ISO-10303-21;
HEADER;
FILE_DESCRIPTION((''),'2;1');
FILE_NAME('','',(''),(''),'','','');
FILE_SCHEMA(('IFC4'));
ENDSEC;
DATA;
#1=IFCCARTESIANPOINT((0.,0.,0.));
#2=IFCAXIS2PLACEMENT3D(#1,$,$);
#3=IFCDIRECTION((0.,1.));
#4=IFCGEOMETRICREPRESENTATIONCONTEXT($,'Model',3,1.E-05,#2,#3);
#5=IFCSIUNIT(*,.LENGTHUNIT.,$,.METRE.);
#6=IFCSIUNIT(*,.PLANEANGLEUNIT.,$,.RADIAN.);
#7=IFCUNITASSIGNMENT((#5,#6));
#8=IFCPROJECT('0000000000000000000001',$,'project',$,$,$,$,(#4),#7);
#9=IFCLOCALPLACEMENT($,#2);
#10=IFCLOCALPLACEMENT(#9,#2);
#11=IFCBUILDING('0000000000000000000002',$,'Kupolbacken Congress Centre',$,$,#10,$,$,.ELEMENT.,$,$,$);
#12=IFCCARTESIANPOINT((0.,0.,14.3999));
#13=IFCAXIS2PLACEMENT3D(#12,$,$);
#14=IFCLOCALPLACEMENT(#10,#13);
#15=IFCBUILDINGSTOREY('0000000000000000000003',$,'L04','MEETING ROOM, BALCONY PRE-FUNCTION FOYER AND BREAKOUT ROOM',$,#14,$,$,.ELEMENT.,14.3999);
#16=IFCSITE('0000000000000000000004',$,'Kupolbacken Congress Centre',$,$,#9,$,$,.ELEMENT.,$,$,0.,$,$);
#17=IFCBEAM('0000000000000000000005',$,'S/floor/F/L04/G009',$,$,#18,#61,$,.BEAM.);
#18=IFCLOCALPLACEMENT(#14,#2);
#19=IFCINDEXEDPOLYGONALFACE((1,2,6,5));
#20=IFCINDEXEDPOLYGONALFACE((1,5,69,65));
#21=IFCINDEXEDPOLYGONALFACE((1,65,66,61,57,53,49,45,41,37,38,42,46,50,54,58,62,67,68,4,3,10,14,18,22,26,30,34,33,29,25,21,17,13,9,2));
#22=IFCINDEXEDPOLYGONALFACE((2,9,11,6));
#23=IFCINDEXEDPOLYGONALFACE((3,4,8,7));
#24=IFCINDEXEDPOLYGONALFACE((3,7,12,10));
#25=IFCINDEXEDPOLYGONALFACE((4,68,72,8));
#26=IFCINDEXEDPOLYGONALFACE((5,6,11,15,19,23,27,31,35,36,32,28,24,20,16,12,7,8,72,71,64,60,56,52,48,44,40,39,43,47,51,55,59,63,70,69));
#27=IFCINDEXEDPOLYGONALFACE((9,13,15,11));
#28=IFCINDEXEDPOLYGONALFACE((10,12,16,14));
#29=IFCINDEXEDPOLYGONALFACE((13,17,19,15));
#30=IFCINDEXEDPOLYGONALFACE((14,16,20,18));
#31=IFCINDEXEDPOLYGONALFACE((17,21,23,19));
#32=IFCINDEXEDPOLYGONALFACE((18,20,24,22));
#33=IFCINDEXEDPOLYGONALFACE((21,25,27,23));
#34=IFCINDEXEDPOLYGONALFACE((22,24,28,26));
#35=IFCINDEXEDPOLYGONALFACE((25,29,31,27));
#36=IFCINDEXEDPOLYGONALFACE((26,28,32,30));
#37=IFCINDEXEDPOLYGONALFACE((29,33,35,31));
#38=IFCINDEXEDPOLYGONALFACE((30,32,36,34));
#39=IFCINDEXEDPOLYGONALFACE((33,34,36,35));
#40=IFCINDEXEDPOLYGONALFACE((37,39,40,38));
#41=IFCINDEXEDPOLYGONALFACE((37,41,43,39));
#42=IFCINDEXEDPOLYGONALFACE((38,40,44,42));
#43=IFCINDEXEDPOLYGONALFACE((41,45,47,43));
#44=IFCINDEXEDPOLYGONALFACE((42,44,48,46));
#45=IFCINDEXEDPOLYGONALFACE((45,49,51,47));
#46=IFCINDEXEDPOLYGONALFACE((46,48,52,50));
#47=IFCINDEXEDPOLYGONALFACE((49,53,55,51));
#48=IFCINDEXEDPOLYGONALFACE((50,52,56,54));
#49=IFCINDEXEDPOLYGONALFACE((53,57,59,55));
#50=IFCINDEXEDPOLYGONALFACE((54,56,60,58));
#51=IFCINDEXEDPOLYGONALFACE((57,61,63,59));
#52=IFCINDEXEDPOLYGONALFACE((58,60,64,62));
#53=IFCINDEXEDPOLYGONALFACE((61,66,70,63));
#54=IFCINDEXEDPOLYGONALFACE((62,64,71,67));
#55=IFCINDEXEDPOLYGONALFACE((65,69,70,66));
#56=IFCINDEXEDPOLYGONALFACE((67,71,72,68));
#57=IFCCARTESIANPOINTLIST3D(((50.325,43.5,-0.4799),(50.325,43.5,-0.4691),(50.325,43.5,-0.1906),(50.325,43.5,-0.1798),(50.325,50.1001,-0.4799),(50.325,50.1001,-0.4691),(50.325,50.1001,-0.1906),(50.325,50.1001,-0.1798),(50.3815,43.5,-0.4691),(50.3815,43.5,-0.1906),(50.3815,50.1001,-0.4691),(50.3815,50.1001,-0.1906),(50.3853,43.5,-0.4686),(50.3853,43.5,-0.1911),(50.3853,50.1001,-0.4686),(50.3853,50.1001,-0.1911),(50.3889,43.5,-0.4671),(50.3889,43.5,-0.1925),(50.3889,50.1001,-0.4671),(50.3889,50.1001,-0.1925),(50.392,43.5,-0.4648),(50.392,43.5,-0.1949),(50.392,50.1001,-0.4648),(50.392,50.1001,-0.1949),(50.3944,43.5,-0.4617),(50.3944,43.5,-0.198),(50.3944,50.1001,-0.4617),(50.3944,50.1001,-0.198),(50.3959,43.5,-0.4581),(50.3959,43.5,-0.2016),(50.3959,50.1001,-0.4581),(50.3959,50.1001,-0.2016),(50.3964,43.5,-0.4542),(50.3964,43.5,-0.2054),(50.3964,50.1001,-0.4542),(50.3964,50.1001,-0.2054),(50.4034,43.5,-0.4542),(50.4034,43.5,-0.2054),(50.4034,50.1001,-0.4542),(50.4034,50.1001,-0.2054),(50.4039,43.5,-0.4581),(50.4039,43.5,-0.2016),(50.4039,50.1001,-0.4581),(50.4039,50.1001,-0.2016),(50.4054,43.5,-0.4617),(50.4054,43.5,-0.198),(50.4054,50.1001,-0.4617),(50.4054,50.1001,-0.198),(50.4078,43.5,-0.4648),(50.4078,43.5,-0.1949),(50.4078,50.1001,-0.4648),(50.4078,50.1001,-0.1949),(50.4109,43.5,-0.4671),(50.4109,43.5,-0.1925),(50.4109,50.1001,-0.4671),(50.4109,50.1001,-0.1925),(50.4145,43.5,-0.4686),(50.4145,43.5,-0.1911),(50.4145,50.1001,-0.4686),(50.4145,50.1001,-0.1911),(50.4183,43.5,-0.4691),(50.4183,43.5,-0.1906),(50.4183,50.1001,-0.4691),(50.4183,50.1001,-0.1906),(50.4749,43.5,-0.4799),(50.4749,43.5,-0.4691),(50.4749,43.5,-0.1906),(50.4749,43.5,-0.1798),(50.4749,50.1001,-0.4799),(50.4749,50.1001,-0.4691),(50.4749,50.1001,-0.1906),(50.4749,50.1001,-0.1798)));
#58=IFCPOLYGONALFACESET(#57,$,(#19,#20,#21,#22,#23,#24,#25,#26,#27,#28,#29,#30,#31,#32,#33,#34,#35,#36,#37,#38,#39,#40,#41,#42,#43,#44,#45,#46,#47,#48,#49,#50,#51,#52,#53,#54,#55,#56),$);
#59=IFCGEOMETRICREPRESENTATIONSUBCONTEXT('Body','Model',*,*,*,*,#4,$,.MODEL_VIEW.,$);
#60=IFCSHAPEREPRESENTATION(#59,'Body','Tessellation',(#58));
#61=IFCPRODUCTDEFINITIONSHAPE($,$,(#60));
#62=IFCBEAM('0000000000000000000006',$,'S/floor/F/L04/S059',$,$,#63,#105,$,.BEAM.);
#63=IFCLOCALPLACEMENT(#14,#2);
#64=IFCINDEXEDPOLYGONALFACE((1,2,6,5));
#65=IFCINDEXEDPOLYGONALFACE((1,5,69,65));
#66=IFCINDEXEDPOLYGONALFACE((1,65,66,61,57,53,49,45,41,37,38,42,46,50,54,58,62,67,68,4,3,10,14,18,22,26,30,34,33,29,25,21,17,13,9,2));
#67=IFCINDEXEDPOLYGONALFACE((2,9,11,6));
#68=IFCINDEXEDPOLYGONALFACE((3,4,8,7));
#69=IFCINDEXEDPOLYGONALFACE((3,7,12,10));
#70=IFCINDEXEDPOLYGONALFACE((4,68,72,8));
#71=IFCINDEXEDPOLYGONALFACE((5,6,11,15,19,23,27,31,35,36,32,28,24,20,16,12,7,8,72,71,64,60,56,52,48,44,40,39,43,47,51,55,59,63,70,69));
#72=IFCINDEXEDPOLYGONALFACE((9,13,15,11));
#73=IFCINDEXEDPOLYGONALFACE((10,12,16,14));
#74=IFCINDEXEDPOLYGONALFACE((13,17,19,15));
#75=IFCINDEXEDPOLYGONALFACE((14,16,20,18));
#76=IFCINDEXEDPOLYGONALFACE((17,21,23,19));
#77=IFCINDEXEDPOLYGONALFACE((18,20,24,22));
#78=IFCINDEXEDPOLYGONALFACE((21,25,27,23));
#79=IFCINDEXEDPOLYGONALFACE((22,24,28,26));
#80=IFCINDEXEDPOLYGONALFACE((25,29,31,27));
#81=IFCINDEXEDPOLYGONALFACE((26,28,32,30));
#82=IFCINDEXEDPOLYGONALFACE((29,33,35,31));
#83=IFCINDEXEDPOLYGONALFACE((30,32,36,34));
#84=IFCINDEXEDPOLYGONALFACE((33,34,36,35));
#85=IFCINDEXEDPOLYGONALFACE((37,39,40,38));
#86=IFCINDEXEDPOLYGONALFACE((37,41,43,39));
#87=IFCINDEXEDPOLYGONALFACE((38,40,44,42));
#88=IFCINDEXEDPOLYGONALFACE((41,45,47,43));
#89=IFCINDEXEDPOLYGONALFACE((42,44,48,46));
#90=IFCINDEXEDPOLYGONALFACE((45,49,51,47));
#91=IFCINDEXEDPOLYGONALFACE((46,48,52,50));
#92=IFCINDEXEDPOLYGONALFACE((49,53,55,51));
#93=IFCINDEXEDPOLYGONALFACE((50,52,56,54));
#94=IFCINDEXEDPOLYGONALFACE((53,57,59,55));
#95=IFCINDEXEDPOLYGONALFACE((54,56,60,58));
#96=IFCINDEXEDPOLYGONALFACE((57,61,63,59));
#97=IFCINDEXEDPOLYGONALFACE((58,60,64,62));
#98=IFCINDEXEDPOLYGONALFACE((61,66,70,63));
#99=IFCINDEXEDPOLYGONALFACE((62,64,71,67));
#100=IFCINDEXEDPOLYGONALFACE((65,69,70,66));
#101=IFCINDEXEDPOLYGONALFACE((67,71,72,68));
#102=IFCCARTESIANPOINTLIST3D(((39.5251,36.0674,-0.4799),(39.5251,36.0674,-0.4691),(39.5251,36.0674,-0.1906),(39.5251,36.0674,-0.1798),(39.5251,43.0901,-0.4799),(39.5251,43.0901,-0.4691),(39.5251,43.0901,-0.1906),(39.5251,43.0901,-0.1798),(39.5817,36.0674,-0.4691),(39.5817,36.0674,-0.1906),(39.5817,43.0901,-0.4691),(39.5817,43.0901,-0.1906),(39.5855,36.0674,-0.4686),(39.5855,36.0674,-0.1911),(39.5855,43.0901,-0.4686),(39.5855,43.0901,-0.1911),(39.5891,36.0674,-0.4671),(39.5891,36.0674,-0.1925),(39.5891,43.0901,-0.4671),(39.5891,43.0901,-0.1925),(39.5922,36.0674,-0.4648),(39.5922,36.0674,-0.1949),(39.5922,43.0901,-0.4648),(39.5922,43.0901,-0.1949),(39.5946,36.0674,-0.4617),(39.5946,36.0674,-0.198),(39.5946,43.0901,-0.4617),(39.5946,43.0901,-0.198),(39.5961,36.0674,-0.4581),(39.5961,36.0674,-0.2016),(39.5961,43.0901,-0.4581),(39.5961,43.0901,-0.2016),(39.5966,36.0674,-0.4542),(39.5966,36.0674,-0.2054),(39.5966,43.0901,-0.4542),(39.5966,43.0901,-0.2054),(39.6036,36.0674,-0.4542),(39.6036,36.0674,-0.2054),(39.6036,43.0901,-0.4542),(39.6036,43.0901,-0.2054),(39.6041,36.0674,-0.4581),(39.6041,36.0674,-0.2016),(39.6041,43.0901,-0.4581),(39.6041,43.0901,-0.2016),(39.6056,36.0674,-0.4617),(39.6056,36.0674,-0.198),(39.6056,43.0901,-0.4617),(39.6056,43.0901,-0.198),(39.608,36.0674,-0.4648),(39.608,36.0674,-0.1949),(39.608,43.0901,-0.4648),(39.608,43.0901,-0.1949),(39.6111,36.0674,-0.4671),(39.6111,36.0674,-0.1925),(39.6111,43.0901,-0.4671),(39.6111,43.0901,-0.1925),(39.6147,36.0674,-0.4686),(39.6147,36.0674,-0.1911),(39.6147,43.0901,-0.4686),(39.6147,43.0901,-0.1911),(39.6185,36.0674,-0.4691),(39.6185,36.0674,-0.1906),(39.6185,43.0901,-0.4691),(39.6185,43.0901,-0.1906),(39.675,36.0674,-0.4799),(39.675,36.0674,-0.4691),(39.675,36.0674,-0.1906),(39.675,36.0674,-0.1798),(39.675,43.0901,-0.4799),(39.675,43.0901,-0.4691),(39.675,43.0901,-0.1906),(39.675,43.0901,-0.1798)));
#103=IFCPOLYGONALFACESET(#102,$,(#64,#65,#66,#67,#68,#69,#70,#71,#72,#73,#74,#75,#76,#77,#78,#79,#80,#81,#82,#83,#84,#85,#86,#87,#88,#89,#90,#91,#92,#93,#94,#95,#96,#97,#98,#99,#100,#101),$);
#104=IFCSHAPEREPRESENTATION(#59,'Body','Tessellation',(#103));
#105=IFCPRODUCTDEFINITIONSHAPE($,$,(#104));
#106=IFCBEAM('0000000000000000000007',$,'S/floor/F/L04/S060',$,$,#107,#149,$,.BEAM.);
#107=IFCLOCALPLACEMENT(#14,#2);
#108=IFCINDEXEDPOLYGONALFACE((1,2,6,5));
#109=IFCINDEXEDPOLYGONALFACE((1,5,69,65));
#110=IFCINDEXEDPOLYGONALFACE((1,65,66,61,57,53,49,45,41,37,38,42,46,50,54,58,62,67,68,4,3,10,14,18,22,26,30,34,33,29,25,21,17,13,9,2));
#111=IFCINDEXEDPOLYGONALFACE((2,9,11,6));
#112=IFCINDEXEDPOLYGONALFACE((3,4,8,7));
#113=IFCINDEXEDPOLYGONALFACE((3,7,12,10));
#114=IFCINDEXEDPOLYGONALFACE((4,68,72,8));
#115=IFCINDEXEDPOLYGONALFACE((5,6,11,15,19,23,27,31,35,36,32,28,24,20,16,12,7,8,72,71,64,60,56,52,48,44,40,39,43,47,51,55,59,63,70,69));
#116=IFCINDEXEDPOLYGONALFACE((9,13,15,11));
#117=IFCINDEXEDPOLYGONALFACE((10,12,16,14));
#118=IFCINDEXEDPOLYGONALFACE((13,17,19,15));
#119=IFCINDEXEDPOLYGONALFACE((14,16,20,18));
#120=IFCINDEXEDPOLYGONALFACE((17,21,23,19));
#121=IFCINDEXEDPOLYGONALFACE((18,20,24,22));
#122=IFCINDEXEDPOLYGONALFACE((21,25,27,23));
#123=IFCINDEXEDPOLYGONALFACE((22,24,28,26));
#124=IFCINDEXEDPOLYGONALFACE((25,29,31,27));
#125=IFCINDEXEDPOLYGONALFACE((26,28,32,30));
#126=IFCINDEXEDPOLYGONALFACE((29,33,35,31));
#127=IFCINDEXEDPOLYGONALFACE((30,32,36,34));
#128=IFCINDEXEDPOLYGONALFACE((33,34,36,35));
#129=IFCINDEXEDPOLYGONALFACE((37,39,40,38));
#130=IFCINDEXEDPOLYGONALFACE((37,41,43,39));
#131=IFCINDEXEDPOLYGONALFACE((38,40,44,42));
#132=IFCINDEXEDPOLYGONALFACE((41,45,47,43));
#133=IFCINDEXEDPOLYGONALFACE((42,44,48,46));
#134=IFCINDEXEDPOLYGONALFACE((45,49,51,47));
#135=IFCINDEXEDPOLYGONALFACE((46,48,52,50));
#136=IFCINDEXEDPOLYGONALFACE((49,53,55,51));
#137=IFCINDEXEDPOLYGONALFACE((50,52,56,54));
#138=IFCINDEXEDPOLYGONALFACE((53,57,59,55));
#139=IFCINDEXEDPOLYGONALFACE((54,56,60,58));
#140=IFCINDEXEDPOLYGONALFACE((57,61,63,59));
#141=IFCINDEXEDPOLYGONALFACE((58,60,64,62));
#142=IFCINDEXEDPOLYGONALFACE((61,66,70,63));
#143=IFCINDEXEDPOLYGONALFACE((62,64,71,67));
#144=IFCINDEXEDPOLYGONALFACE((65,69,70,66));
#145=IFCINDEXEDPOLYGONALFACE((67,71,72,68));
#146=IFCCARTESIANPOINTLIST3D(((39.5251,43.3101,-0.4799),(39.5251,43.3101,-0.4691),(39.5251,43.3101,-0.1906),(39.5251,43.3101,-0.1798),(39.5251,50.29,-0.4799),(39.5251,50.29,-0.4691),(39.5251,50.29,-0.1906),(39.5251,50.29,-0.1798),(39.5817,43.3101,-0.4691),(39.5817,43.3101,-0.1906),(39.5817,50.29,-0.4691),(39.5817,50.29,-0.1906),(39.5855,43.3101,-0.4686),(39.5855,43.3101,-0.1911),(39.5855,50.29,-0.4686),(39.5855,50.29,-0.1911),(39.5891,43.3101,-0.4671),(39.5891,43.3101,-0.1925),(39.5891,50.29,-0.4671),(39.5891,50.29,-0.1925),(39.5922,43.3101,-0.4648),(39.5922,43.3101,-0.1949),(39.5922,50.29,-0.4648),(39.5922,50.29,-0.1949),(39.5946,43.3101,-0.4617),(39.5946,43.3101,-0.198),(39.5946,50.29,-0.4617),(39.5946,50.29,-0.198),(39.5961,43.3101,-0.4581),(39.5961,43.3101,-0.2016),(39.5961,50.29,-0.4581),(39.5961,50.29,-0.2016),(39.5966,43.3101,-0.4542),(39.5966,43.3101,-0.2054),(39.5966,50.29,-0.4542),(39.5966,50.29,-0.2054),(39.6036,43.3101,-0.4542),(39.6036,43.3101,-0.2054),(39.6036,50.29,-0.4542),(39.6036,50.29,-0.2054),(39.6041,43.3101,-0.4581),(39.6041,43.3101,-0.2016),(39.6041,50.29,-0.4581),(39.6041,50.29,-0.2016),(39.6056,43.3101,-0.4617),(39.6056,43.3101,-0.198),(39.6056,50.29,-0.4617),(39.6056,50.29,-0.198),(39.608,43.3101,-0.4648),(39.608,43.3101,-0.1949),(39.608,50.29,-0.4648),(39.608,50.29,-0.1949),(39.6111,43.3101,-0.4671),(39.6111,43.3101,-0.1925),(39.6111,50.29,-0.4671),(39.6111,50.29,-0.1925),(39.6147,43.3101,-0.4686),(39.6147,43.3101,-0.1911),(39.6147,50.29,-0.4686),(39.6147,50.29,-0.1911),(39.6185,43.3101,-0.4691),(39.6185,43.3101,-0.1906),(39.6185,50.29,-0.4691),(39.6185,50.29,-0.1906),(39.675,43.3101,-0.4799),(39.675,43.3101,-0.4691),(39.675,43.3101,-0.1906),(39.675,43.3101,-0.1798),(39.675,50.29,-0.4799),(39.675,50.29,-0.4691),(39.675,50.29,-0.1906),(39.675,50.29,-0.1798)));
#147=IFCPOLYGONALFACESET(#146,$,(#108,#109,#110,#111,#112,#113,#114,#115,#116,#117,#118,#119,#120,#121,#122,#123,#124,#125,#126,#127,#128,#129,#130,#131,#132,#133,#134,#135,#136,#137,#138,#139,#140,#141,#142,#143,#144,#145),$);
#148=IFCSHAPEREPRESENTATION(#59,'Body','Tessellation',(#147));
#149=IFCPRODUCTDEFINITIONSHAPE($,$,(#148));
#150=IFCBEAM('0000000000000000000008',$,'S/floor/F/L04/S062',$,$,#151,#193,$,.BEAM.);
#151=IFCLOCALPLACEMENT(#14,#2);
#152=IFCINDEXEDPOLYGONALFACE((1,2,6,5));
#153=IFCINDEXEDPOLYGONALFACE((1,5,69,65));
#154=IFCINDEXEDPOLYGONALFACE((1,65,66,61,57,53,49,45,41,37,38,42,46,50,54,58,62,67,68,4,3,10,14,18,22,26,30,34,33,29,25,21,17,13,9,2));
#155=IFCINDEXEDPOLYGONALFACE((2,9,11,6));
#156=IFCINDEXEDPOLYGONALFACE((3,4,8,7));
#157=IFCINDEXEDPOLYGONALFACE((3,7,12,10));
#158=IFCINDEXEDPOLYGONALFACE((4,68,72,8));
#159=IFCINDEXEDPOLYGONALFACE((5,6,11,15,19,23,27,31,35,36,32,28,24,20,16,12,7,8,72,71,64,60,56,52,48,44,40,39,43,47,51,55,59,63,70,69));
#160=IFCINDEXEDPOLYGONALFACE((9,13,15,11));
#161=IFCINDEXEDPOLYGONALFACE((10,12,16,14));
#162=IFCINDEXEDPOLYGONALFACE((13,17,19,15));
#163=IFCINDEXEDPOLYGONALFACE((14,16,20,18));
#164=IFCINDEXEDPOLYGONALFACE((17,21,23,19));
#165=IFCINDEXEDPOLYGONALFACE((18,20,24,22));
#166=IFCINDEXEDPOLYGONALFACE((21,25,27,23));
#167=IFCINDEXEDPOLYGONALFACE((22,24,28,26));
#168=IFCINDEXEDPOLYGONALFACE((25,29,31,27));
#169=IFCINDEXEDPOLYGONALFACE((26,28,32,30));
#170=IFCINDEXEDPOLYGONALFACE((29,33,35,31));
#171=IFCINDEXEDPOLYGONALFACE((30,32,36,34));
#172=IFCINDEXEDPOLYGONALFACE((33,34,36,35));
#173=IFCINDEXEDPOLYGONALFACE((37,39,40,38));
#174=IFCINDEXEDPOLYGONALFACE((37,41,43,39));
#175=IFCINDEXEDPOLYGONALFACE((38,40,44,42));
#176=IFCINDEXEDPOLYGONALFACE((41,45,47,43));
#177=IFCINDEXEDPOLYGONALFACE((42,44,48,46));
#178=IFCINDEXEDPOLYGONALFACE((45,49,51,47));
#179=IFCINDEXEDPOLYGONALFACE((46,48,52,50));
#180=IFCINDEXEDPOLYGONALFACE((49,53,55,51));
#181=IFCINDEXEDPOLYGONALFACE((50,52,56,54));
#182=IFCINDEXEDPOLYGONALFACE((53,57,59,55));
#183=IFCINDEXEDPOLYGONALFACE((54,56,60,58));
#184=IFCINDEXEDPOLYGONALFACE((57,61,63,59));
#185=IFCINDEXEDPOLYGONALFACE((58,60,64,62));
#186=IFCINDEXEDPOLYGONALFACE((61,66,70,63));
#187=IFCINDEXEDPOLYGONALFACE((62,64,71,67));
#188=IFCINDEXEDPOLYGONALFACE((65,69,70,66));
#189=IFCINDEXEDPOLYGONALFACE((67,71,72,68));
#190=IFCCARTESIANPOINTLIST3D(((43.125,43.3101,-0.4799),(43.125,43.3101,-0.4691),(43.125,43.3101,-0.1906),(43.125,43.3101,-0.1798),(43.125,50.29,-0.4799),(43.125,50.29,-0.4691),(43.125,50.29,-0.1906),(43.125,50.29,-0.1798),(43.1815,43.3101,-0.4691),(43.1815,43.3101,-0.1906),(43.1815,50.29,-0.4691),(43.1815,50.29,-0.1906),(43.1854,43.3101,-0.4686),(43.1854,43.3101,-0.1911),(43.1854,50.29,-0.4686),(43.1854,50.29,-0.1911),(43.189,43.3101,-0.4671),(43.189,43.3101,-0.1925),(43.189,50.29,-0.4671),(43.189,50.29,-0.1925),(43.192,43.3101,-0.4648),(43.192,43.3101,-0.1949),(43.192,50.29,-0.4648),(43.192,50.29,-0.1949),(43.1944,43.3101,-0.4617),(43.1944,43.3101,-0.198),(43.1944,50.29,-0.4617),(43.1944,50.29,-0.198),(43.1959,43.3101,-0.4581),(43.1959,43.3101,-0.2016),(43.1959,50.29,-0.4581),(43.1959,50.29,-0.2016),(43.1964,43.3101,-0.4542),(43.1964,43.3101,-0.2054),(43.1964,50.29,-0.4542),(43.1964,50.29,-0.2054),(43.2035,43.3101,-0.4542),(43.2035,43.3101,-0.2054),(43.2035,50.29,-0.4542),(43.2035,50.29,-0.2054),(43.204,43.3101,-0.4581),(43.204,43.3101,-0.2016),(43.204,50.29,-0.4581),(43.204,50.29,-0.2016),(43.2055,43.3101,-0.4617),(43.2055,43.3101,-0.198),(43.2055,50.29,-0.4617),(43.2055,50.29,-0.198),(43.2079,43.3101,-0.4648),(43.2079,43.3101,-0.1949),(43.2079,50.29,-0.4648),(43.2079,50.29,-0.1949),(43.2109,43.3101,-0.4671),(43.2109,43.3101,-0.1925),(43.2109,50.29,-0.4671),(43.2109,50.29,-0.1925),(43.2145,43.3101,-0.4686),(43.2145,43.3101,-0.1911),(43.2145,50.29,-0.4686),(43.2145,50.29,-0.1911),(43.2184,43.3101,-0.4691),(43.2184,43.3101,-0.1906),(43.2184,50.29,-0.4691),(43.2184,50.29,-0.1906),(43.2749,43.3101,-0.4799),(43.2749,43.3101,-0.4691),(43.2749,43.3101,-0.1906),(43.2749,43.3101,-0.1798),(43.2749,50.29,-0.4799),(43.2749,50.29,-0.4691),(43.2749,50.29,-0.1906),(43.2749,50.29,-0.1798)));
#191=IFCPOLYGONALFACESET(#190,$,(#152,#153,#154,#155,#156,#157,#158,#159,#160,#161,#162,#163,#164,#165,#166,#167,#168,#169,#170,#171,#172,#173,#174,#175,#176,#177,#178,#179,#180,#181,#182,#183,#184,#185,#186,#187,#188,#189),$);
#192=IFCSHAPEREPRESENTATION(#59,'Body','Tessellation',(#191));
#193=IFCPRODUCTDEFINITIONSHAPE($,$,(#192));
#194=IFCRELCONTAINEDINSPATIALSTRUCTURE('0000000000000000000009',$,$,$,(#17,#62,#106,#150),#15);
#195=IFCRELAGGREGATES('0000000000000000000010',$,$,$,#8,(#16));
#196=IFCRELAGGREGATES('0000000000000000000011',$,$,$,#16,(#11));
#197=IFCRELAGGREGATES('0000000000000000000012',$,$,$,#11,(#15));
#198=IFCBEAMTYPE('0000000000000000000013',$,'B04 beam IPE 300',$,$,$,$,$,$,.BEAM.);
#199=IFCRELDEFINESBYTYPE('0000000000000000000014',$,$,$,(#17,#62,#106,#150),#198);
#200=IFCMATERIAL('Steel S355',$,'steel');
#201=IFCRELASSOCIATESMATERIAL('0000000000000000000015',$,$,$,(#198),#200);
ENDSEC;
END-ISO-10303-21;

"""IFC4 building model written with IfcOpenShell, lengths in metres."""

from ifc_helpers import new_model, si_unit, direction, frame, origin, origin_2d, place, context, subcontext, project, spatial, i_section, extrude, material, material_profile, profile_set, type_object, element, save


model = new_model("IFC4")

# Units and contexts
model_context = context("Model", 3, precision=1e-05, world=origin(), true_north=direction((0.0, 1.0)))
body_context = subcontext(model_context, "Body", "Model", "MODEL_VIEW")
ifc_project = project(units=[si_unit("LENGTHUNIT", "METRE"), si_unit("PLANEANGLEUNIT", "RADIAN")], contexts=[model_context])

# Site, building, storey
site_placement = place(None, origin())
site = spatial("IfcSite", under=ifc_project, at=site_placement, Name="Kupolbacken Congress Centre", CompositionType="ELEMENT", RefElevation=0.0)
building_placement = place(site_placement, origin())
building = spatial("IfcBuilding", under=site, at=building_placement, Name="Kupolbacken Congress Centre", CompositionType="ELEMENT")
storey_placement = place(building_placement, frame((0.0, 0.0, 14.3999)))
storey = spatial("IfcBuildingStorey", under=building, at=storey_placement, Name="L04", Description="MEETING ROOM, BALCONY PRE-FUNCTION FOYER AND BREAKOUT ROOM", CompositionType="ELEMENT", Elevation=14.3999)

# Beams
ifc_material_1 = material(Name="Steel S355", Category="steel")
ifc_material_profile_1 = material_profile(ifc_material_1, i_section(OverallWidth=0.1499, OverallDepth=0.3, WebThickness=0.0071, FlangeThickness=0.0107, FilletRadius=0.0149, at=origin_2d()), Name="IPE 300")
ifc_profile_set_1 = profile_set([ifc_material_profile_1], Name="Steel S355")
beam_type_1 = type_object("IfcBeamType", Name="B04 beam IPE 300", PredefinedType="BEAM", material=ifc_profile_set_1)
beam_1_placement = place(storey_placement, frame((50.3999, 43.5, -0.3298), z_axis=(0.0, 1.0, 0.0), x_axis=(-1.0, 0.0, 0.0)))
element("IfcBeam", 1, at=beam_1_placement, inside=storey, type_object=beam_type_1, Name="S/floor/F/L04/G009", PredefinedType="BEAM", context=body_context, shape_type="SweptSolid", body=[
    extrude(i_section(OverallWidth=0.1499, OverallDepth=0.3, WebThickness=0.0071, FlangeThickness=0.0107, FilletRadius=0.0149, at=origin_2d()), origin(), (0.0, 0.0, 1.0), 6.6001),
])
beam_2_placement = place(storey_placement, frame((39.6001, 36.0674, -0.3298), z_axis=(0.0, 1.0, 0.0), x_axis=(-1.0, 0.0, 0.0)))
element("IfcBeam", 2, at=beam_2_placement, inside=storey, type_object=beam_type_1, Name="S/floor/F/L04/S059", PredefinedType="BEAM", context=body_context, shape_type="SweptSolid", body=[
    extrude(i_section(OverallWidth=0.1499, OverallDepth=0.3, WebThickness=0.0071, FlangeThickness=0.0107, FilletRadius=0.0149, at=origin_2d()), origin(), (0.0, 0.0, 1.0), 7.0227),
])
for number, where, z_axis, x_axis, name in (
    (3, (39.6001, 43.3101, -0.3298), (0.0, 1.0, 0.0), (-1.0, 0.0, 0.0), "S/floor/F/L04/S060"),
    (4, (43.2, 43.3101, -0.3298), (0.0, 1.0, 0.0), (-1.0, 0.0, 0.0), "S/floor/F/L04/S062"),
):
    element("IfcBeam", number, at=place(storey_placement, frame(where, z_axis=z_axis, x_axis=x_axis)), inside=storey, type_object=beam_type_1, Name=name, PredefinedType="BEAM", context=body_context, shape_type="SweptSolid", body=[
        extrude(i_section(OverallWidth=0.1499, OverallDepth=0.3, WebThickness=0.0071, FlangeThickness=0.0107, FilletRadius=0.0149, at=origin_2d()), origin(), (0.0, 0.0, 1.0), 6.98),
    ])

save(model, "model.ifc")
